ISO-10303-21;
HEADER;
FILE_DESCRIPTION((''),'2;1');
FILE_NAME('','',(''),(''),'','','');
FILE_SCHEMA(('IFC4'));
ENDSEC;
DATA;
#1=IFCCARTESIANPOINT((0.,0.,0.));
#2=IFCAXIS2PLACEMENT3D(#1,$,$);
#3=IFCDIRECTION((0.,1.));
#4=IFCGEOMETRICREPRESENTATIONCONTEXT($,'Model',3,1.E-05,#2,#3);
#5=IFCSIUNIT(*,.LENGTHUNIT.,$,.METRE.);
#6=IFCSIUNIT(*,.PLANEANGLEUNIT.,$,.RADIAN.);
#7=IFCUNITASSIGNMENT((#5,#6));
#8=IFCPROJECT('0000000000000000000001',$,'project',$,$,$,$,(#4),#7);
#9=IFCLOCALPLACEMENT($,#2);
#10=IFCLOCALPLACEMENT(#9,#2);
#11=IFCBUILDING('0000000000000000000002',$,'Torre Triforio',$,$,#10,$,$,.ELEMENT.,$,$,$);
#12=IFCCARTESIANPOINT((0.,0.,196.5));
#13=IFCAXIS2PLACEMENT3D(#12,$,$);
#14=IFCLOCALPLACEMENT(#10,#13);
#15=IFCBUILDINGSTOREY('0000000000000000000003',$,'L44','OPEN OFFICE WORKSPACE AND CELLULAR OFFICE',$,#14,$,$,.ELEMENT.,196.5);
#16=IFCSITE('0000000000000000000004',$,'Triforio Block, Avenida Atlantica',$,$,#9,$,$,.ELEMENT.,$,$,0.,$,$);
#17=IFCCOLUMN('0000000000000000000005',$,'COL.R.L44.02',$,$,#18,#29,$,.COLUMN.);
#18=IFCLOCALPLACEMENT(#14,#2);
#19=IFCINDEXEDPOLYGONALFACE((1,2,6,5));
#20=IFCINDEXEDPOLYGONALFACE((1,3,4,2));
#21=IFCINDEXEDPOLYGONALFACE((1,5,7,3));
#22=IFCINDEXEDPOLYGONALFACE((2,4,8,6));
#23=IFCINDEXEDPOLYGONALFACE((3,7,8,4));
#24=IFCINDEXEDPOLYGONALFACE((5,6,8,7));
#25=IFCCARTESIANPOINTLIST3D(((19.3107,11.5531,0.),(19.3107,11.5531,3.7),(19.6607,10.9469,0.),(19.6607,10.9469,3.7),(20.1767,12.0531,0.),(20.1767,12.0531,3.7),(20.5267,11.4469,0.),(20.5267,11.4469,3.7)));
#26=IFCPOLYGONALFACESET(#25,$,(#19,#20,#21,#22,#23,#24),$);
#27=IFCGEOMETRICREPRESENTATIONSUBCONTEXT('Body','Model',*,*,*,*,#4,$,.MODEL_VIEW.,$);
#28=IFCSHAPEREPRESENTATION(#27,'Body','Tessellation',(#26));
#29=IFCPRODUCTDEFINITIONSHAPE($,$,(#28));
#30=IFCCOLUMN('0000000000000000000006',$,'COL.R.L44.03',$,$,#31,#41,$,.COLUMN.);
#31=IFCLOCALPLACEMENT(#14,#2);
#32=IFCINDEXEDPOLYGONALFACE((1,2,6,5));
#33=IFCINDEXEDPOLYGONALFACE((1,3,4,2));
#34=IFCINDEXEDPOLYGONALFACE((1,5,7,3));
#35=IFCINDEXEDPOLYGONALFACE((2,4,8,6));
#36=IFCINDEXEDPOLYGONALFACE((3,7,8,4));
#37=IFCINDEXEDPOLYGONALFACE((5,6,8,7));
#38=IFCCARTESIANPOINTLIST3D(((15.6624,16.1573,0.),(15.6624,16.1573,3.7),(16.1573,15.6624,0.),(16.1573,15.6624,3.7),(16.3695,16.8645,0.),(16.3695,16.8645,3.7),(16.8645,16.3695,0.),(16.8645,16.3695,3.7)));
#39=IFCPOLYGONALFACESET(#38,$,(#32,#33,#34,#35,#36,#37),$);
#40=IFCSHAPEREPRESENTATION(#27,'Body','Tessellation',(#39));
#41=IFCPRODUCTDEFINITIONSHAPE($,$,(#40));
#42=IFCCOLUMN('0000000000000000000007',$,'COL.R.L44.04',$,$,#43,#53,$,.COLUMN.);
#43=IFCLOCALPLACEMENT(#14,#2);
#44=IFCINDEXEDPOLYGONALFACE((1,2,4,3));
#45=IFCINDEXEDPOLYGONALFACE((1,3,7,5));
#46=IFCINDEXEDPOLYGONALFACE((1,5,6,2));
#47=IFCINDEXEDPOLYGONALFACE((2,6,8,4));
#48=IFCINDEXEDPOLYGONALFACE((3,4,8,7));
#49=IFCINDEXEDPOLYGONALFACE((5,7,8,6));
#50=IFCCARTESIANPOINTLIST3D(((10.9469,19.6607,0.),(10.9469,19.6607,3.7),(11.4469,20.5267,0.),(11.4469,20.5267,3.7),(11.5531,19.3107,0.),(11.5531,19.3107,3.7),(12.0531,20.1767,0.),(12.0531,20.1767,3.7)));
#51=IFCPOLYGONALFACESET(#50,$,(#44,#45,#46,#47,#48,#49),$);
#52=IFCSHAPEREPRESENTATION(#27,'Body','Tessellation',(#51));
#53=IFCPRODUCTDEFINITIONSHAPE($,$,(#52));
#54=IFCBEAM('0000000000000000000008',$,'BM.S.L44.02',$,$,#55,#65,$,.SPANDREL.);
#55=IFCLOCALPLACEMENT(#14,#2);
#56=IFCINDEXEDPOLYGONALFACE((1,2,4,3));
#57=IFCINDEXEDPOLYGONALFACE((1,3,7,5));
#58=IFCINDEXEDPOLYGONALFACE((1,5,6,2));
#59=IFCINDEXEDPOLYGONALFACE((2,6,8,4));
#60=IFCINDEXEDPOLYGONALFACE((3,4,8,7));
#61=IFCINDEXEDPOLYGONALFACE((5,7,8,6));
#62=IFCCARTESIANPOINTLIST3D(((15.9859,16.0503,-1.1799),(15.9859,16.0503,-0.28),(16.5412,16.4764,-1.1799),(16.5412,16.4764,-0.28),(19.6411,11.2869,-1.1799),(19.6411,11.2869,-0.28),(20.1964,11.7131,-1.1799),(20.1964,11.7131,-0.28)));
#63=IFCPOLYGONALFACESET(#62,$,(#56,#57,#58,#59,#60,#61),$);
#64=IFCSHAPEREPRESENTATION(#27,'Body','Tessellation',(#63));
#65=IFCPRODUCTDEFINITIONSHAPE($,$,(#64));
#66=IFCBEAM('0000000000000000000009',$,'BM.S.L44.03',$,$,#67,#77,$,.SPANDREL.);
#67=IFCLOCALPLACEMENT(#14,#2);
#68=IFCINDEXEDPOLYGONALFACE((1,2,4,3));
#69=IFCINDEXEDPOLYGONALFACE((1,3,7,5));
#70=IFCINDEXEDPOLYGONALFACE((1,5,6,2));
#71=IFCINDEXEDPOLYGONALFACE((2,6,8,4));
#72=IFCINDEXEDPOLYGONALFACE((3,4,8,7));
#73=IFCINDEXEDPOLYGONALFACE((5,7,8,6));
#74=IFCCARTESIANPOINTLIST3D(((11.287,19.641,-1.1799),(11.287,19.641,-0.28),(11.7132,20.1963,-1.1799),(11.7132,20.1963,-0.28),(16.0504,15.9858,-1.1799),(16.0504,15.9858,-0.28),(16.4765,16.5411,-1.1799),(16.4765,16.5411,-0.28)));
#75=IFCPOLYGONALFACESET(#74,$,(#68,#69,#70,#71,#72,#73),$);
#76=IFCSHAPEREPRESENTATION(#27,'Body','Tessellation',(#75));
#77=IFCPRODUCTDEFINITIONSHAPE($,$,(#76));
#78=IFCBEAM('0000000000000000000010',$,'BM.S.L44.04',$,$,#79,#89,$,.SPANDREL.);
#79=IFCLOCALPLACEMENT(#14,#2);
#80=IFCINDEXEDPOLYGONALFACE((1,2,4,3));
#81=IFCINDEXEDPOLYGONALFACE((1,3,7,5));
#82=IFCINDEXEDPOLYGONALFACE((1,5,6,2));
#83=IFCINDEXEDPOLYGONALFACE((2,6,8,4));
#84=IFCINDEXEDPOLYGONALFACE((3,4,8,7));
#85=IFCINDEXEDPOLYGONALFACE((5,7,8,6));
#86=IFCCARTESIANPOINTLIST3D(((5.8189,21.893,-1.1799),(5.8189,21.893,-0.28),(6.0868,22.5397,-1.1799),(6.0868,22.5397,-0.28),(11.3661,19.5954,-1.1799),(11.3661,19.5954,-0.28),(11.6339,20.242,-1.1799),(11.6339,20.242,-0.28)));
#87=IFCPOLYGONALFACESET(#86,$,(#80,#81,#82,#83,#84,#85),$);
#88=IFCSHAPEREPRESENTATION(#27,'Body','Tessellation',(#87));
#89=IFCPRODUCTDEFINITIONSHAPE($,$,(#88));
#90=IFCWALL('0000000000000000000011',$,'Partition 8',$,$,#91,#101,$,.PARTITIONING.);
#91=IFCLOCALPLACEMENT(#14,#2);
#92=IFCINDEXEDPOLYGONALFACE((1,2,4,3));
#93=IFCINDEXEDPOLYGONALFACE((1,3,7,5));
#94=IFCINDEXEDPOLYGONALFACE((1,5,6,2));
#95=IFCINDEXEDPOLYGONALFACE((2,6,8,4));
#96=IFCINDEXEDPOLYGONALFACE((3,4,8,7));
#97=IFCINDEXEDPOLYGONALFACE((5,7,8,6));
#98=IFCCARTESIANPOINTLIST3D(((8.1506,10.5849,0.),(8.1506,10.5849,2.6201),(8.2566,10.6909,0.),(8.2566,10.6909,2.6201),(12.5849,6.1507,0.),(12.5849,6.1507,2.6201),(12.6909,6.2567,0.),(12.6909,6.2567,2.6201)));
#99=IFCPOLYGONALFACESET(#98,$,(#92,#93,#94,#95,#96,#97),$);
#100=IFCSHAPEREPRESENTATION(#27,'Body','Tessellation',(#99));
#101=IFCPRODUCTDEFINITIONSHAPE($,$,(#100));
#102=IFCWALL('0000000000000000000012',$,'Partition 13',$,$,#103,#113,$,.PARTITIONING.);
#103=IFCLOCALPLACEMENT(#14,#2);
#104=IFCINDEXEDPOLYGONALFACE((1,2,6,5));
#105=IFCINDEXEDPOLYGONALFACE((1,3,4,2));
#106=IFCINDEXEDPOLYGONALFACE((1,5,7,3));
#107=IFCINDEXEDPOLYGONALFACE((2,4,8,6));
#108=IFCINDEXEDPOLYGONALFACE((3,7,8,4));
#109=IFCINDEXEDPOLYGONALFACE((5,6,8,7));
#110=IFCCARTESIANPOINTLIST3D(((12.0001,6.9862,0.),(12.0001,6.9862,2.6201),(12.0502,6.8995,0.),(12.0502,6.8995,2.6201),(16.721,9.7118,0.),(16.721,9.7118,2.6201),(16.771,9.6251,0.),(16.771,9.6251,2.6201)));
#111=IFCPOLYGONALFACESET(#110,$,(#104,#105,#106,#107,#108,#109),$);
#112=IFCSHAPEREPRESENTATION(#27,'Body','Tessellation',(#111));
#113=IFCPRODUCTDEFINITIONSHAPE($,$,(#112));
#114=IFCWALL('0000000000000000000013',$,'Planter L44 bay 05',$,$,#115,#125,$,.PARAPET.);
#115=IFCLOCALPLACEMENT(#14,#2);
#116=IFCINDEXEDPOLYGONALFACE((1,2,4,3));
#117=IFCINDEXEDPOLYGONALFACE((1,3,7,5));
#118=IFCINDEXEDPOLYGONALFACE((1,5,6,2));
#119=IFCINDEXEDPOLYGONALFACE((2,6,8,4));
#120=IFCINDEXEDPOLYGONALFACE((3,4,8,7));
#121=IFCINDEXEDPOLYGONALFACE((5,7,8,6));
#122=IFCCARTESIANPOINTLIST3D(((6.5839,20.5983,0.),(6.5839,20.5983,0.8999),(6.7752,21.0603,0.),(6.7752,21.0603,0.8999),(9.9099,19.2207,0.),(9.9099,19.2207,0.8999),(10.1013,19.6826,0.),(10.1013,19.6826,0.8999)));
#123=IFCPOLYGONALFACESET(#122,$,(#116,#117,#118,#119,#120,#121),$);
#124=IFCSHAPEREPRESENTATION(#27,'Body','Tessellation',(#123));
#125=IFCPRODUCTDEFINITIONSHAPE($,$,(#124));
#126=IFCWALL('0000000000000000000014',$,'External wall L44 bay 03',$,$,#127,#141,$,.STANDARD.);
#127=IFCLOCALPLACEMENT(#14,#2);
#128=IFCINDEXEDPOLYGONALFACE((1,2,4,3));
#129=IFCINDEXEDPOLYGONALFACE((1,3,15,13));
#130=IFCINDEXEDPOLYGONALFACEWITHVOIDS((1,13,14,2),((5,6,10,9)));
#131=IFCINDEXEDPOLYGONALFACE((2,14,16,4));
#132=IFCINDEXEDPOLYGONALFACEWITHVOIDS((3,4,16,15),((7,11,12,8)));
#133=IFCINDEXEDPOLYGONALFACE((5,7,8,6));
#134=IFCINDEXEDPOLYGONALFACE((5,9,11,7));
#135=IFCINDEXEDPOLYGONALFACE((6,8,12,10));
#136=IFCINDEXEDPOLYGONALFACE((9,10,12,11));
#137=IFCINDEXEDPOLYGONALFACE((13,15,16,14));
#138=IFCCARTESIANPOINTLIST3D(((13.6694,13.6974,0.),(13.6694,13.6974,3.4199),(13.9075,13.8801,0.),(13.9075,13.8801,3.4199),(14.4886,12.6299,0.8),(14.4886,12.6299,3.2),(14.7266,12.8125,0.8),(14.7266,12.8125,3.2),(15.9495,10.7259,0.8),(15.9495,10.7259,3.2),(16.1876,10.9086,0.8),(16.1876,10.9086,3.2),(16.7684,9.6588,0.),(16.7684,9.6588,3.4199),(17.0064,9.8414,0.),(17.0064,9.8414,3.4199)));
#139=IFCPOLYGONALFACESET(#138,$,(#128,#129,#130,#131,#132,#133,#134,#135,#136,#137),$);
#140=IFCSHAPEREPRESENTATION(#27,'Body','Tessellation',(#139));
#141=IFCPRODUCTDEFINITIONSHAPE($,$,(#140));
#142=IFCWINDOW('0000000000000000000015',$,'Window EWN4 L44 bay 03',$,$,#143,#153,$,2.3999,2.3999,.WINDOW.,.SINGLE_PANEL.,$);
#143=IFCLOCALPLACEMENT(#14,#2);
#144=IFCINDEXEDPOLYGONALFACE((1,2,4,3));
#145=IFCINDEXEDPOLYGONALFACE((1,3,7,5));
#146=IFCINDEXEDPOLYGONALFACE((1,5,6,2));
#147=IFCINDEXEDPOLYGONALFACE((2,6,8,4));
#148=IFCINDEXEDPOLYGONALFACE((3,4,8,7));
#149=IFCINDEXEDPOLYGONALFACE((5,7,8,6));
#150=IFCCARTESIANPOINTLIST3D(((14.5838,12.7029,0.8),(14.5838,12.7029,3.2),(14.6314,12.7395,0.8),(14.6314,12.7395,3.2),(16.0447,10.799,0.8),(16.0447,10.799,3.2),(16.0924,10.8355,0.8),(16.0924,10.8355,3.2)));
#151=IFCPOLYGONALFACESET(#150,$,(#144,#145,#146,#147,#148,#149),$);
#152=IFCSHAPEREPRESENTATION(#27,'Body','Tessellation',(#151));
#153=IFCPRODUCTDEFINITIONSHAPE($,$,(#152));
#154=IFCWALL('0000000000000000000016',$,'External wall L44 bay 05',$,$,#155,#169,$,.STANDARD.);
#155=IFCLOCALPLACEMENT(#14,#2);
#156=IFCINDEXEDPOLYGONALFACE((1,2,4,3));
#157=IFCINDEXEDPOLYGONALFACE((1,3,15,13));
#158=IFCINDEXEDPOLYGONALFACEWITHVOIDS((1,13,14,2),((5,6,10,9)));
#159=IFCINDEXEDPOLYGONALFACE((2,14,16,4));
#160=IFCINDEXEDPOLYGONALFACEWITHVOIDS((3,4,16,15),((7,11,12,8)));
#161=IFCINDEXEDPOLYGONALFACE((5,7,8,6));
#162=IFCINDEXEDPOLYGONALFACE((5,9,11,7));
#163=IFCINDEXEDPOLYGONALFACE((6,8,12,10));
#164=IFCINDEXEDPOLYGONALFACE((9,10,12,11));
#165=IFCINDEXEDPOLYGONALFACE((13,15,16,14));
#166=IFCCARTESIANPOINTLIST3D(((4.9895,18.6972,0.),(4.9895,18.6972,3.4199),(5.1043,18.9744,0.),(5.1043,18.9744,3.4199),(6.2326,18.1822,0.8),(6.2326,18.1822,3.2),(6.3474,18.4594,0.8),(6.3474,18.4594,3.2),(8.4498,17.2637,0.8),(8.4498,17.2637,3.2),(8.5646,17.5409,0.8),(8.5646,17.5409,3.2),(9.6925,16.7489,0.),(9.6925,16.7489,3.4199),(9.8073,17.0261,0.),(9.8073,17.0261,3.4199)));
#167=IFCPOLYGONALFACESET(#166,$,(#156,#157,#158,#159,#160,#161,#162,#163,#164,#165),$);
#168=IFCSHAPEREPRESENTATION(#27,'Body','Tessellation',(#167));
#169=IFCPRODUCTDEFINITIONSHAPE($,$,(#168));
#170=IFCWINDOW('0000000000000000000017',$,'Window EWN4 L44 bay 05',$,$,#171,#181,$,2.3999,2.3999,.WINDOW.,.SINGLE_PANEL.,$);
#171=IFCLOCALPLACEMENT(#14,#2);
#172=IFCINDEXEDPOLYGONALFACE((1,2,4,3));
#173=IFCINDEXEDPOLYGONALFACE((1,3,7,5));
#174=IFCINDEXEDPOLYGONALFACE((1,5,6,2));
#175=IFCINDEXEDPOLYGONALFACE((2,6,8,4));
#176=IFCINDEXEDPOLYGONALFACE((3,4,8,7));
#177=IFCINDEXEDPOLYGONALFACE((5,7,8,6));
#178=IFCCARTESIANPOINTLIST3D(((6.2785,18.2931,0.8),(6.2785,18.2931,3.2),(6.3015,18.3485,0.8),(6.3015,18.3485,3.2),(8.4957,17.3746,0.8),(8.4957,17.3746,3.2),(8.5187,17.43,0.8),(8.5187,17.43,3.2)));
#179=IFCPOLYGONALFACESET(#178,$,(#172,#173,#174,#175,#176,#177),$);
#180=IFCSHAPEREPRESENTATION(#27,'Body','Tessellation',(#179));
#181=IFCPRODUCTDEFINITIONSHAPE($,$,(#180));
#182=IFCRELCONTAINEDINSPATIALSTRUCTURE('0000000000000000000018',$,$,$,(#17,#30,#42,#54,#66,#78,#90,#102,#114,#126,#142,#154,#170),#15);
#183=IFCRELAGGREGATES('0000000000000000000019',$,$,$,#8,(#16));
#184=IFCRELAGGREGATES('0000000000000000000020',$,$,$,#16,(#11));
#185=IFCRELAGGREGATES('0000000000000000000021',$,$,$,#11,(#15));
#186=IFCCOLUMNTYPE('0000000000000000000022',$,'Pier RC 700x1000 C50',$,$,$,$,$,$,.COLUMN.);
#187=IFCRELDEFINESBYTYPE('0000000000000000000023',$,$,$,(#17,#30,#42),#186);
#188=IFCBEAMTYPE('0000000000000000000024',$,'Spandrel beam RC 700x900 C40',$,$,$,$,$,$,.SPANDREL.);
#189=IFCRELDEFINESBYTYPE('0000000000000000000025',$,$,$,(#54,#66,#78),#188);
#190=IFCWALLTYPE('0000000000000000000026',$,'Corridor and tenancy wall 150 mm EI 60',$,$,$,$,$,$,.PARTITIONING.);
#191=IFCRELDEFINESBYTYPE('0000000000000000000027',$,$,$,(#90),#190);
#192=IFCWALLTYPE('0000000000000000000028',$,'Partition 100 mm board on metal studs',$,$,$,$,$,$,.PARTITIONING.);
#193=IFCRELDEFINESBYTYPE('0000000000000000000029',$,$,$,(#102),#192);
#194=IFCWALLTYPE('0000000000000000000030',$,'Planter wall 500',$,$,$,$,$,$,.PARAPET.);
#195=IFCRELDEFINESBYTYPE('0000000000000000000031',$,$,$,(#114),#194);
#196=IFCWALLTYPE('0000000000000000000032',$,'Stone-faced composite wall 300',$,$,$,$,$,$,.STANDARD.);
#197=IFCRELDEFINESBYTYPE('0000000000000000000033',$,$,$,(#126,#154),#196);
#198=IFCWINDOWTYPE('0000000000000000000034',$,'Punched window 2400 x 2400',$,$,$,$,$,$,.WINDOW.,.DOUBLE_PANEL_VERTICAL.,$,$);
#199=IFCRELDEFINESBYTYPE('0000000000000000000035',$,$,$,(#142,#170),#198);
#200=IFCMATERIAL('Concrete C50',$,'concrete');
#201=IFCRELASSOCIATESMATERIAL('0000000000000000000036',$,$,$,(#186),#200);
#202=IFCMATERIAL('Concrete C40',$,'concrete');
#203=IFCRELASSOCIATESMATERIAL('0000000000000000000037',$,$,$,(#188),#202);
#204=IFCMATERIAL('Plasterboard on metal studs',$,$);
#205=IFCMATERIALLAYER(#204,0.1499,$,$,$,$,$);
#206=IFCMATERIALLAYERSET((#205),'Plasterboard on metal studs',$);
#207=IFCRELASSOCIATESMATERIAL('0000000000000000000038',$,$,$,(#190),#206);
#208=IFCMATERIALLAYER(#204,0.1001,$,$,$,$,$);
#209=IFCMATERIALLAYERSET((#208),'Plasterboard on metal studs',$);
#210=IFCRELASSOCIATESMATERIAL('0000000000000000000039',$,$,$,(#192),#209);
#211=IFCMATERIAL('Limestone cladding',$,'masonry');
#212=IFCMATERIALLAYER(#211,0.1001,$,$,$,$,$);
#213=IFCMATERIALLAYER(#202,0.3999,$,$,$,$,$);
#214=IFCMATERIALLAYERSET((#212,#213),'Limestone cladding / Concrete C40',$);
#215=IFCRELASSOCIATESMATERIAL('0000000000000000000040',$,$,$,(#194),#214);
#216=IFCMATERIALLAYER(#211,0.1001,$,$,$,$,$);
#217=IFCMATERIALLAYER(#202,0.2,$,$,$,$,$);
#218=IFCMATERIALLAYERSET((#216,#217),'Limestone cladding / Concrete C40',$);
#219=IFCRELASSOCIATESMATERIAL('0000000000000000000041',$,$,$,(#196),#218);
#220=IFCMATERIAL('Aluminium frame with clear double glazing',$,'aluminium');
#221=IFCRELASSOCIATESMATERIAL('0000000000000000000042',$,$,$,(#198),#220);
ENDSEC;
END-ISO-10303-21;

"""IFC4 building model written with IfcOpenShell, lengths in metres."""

from ifc_helpers import new_model, si_unit, direction, frame, frame_2d, origin, origin_2d, place, context, subcontext, project, spatial, rectangle, extrude, material, layer, layer_set, material_profile, profile_set, type_object, element, fill, save


model = new_model("IFC4")

# Units and contexts
model_context = context("Model", 3, precision=1e-05, world=origin(), true_north=direction((0.0, 1.0)))
body_context = subcontext(model_context, "Body", "Model", "MODEL_VIEW")
ifc_project = project(units=[si_unit("LENGTHUNIT", "METRE"), si_unit("PLANEANGLEUNIT", "RADIAN")], contexts=[model_context])

# Site, building, storey
site_placement = place(None, origin())
site = spatial("IfcSite", under=ifc_project, at=site_placement, Name="Triforio Block, Avenida Atlantica", CompositionType="ELEMENT", RefElevation=0.0)
building_placement = place(site_placement, origin())
building = spatial("IfcBuilding", under=site, at=building_placement, Name="Torre Triforio", CompositionType="ELEMENT")
storey_placement = place(building_placement, frame((0.0, 0.0, 196.5)))
storey = spatial("IfcBuildingStorey", under=building, at=storey_placement, Name="L44", Description="OPEN OFFICE WORKSPACE AND CELLULAR OFFICE", CompositionType="ELEMENT", Elevation=196.5)

# Columns
ifc_material_1 = material(Name="Concrete C50", Category="concrete")
ifc_material_profile_1 = material_profile(ifc_material_1, rectangle(XDim=0.7, YDim=1.0, at=origin_2d()), Name="RC 700x1000")
ifc_profile_set_1 = profile_set([ifc_material_profile_1], Name="Concrete C50")
column_type = type_object("IfcColumnType", Name="Pier RC 700x1000 C50", PredefinedType="COLUMN", material=ifc_profile_set_1)
for number, where, z_axis, x_axis, name in (
    (1, (19.9187, 11.5, 0.0), (0.0, 0.0, 1.0), (-0.5, 0.866025, 0.0), "COL.R.L44.02"),
    (2, (16.2634, 16.2634, 0.0), (0.0, 0.0, 1.0), (-0.707107, 0.707107, 0.0), "COL.R.L44.03"),
    (3, (11.5, 19.9187, 0.0), (0.0, 0.0, 1.0), (-0.866025, 0.5, 0.0), "COL.R.L44.04"),
):
    element("IfcColumn", number, at=place(storey_placement, frame(where, z_axis=z_axis, x_axis=x_axis)), inside=storey, type_object=column_type, Name=name, PredefinedType="COLUMN", context=body_context, shape_type="SweptSolid", body=[
        extrude(rectangle(XDim=0.7, YDim=1.0, at=origin_2d()), origin(), (0.0, 0.0, 1.0), 3.7),
    ])

# Beams
ifc_material_2 = material(Name="Concrete C40", Category="concrete")
ifc_material_profile_2 = material_profile(ifc_material_2, rectangle(XDim=0.7, YDim=0.8999, at=origin_2d()), Name="RC 700x900")
ifc_profile_set_2 = profile_set([ifc_material_profile_2], Name="Concrete C40")
beam_type = type_object("IfcBeamType", Name="Spandrel beam RC 700x900 C40", PredefinedType="SPANDREL", material=ifc_profile_set_2)
for number, where, z_axis, x_axis, name in (
    (4, (19.9187, 11.5, -0.73), (-0.608779, 0.79334, 0.0), (-0.79334, -0.608779, 0.0), "BM.S.L44.02"),
    (5, (16.2634, 16.2634, -0.73), (-0.79334, 0.608779, 0.0), (-0.608779, -0.79334, 0.0), "BM.S.L44.03"),
    (6, (11.5, 19.9187, -0.73), (-0.923885, 0.382671, 0.0), (-0.382671, -0.923885, 0.0), "BM.S.L44.04"),
):
    element("IfcBeam", number, at=place(storey_placement, frame(where, z_axis=z_axis, x_axis=x_axis)), inside=storey, type_object=beam_type, Name=name, PredefinedType="SPANDREL", context=body_context, shape_type="SweptSolid", body=[
        extrude(rectangle(XDim=0.7, YDim=0.8999, at=origin_2d()), origin(), (0.0, 0.0, 1.0), 6.0042),
    ])

# Walls
ifc_material_3 = material(Name="Plasterboard on metal studs")
ifc_layer_1 = layer(ifc_material_3, 0.1499)
ifc_layer_set_1 = layer_set([ifc_layer_1], Name="Plasterboard on metal studs")
wall_type_1 = type_object("IfcWallType", Name="Corridor and tenancy wall 150 mm EI 60", PredefinedType="PARTITIONING", material=ifc_layer_set_1)
wall_1_placement = place(storey_placement, frame((8.2036, 10.6379, 0.0), z_axis=(0.0, 0.0, 1.0), x_axis=(0.707107, -0.707107, 0.0)))
element("IfcWall", 7, at=wall_1_placement, inside=storey, type_object=wall_type_1, Name="Partition 8", PredefinedType="PARTITIONING", context=body_context, shape_type="SweptSolid", body=[
    extrude(rectangle(XDim=6.271, YDim=0.1499, at=frame_2d((3.1355, 0.0))), origin(), (0.0, 0.0, 1.0), 2.6201),
])
ifc_layer_2 = layer(ifc_material_3, 0.1001)
ifc_layer_set_2 = layer_set([ifc_layer_2], Name="Plasterboard on metal studs")
wall_type_2 = type_object("IfcWallType", Name="Partition 100 mm board on metal studs", PredefinedType="PARTITIONING", material=ifc_layer_set_2)
wall_2_placement = place(storey_placement, frame((12.0251, 6.9429, 0.0), z_axis=(0.0, 0.0, 1.0), x_axis=(0.86603, 0.499993, 0.0)))
element("IfcWall", 8, at=wall_2_placement, inside=storey, type_object=wall_type_2, Name="Partition 13", PredefinedType="PARTITIONING", context=body_context, shape_type="SweptSolid", body=[
    extrude(rectangle(XDim=5.4512, YDim=0.1001, at=frame_2d((2.7256, 0.0))), origin(), (0.0, 0.0, 1.0), 2.6201),
])
ifc_material_4 = material(Name="Limestone cladding", Category="masonry")
ifc_layer_3 = layer(ifc_material_4, 0.1001)
ifc_layer_4 = layer(ifc_material_2, 0.3999)
ifc_layer_set_3 = layer_set([ifc_layer_3, ifc_layer_4], Name="Limestone cladding / Concrete C40")
wall_type_3 = type_object("IfcWallType", Name="Planter wall 500", PredefinedType="PARAPET", material=ifc_layer_set_3)
wall_3_placement = place(storey_placement, frame((10.0056, 19.4517, 0.0), z_axis=(0.0, 0.0, 1.0), x_axis=(-0.923885, 0.382669, 0.0)))
element("IfcWall", 9, at=wall_3_placement, inside=storey, type_object=wall_type_3, Name="Planter L44 bay 05", PredefinedType="PARAPET", context=body_context, shape_type="SweptSolid", body=[
    extrude(rectangle(XDim=3.6001, YDim=0.5, at=frame_2d((1.8, 0.0))), origin(), (0.0, 0.0, 1.0), 0.8999),
])

# Wall, opening, window
ifc_layer_5 = layer(ifc_material_4, 0.1001)
ifc_layer_6 = layer(ifc_material_2, 0.2)
ifc_layer_set_4 = layer_set([ifc_layer_5, ifc_layer_6], Name="Limestone cladding / Concrete C40")
wall_type_4 = type_object("IfcWallType", Name="Stone-faced composite wall 300", PredefinedType="STANDARD", material=ifc_layer_set_4)
wall_4_placement = place(storey_placement, frame((16.8875, 9.75, 0.0), z_axis=(0.0, 0.0, 1.0), x_axis=(-0.608758, 0.793356, 0.0)))
wall_4 = element("IfcWall", 10, at=wall_4_placement, inside=storey, type_object=wall_type_4, Name="External wall L44 bay 03", PredefinedType="STANDARD", context=body_context, shape_type="SweptSolid", body=[
    extrude(rectangle(XDim=5.0906, YDim=0.3, at=frame_2d((2.5454, 0.0))), origin(), (0.0, 0.0, 1.0), 3.4199),
])
opening_1_placement = place(wall_4_placement, frame((1.3452, 0.0, 0.8)))
opening_1 = element("IfcOpeningElement", 11, at=opening_1_placement, cuts=wall_4, PredefinedType="OPENING", context=body_context, shape_type="SweptSolid", body=[
    extrude(rectangle(XDim=2.3999, YDim=2.3999, at=frame_2d((1.2, 1.2))), frame((0.0, 0.1599, 0.0), z_axis=(0.0, -1.0, 0.0), x_axis=(1.0, 0.0, 0.0)), (0.0, 0.0, 1.0), 0.3201),
])
ifc_material_5 = material(Name="Aluminium frame with clear double glazing", Category="aluminium")
window_type_1 = type_object("IfcWindowType", Name="Punched window 2400 x 2400", PartitioningType="DOUBLE_PANEL_VERTICAL", PredefinedType="WINDOW", material=ifc_material_5)
window_1_placement = place(opening_1_placement, origin())
window_1 = element("IfcWindow", 12, at=window_1_placement, inside=storey, type_object=window_type_1, Name="Window EWN4 L44 bay 03", OverallHeight=2.3999, OverallWidth=2.3999, PartitioningType="SINGLE_PANEL", PredefinedType="WINDOW", context=body_context, shape_type="SweptSolid", body=[
    extrude(rectangle(XDim=2.3999, YDim=2.3999, at=frame_2d((1.2, 1.2))), frame((0.0, 0.03, 0.0), z_axis=(0.0, -1.0, 0.0), x_axis=(1.0, 0.0, 0.0)), (0.0, 0.0, 1.0), 0.0601),
])
fill(opening_1, window_1)

# Wall, opening, window
wall_5_placement = place(storey_placement, frame((9.75, 16.8875, 0.0), z_axis=(0.0, 0.0, 1.0), x_axis=(-0.923863, 0.382725, 0.0)))
wall_5 = element("IfcWall", 13, at=wall_5_placement, inside=storey, type_object=wall_type_4, Name="External wall L44 bay 05", PredefinedType="STANDARD", context=body_context, shape_type="SweptSolid", body=[
    extrude(rectangle(XDim=5.0906, YDim=0.3, at=frame_2d((2.5454, 0.0))), origin(), (0.0, 0.0, 1.0), 3.4199),
])
opening_2_placement = place(wall_5_placement, frame((1.3452, 0.0, 0.8)))
opening_2 = element("IfcOpeningElement", 14, at=opening_2_placement, cuts=wall_5, PredefinedType="OPENING", context=body_context, shape_type="SweptSolid", body=[
    extrude(rectangle(XDim=2.3999, YDim=2.3999, at=frame_2d((1.2, 1.2))), frame((0.0, 0.1599, 0.0), z_axis=(0.0, -1.0, 0.0), x_axis=(1.0, 0.0, 0.0)), (0.0, 0.0, 1.0), 0.3201),
])
window_2_placement = place(opening_2_placement, origin())
window_2 = element("IfcWindow", 15, at=window_2_placement, inside=storey, type_object=window_type_1, Name="Window EWN4 L44 bay 05", OverallHeight=2.3999, OverallWidth=2.3999, PartitioningType="SINGLE_PANEL", PredefinedType="WINDOW", context=body_context, shape_type="SweptSolid", body=[
    extrude(rectangle(XDim=2.3999, YDim=2.3999, at=frame_2d((1.2, 1.2))), frame((0.0, 0.03, 0.0), z_axis=(0.0, -1.0, 0.0), x_axis=(1.0, 0.0, 0.0)), (0.0, 0.0, 1.0), 0.0601),
])
fill(opening_2, window_2)

save(model, "model.ifc")
